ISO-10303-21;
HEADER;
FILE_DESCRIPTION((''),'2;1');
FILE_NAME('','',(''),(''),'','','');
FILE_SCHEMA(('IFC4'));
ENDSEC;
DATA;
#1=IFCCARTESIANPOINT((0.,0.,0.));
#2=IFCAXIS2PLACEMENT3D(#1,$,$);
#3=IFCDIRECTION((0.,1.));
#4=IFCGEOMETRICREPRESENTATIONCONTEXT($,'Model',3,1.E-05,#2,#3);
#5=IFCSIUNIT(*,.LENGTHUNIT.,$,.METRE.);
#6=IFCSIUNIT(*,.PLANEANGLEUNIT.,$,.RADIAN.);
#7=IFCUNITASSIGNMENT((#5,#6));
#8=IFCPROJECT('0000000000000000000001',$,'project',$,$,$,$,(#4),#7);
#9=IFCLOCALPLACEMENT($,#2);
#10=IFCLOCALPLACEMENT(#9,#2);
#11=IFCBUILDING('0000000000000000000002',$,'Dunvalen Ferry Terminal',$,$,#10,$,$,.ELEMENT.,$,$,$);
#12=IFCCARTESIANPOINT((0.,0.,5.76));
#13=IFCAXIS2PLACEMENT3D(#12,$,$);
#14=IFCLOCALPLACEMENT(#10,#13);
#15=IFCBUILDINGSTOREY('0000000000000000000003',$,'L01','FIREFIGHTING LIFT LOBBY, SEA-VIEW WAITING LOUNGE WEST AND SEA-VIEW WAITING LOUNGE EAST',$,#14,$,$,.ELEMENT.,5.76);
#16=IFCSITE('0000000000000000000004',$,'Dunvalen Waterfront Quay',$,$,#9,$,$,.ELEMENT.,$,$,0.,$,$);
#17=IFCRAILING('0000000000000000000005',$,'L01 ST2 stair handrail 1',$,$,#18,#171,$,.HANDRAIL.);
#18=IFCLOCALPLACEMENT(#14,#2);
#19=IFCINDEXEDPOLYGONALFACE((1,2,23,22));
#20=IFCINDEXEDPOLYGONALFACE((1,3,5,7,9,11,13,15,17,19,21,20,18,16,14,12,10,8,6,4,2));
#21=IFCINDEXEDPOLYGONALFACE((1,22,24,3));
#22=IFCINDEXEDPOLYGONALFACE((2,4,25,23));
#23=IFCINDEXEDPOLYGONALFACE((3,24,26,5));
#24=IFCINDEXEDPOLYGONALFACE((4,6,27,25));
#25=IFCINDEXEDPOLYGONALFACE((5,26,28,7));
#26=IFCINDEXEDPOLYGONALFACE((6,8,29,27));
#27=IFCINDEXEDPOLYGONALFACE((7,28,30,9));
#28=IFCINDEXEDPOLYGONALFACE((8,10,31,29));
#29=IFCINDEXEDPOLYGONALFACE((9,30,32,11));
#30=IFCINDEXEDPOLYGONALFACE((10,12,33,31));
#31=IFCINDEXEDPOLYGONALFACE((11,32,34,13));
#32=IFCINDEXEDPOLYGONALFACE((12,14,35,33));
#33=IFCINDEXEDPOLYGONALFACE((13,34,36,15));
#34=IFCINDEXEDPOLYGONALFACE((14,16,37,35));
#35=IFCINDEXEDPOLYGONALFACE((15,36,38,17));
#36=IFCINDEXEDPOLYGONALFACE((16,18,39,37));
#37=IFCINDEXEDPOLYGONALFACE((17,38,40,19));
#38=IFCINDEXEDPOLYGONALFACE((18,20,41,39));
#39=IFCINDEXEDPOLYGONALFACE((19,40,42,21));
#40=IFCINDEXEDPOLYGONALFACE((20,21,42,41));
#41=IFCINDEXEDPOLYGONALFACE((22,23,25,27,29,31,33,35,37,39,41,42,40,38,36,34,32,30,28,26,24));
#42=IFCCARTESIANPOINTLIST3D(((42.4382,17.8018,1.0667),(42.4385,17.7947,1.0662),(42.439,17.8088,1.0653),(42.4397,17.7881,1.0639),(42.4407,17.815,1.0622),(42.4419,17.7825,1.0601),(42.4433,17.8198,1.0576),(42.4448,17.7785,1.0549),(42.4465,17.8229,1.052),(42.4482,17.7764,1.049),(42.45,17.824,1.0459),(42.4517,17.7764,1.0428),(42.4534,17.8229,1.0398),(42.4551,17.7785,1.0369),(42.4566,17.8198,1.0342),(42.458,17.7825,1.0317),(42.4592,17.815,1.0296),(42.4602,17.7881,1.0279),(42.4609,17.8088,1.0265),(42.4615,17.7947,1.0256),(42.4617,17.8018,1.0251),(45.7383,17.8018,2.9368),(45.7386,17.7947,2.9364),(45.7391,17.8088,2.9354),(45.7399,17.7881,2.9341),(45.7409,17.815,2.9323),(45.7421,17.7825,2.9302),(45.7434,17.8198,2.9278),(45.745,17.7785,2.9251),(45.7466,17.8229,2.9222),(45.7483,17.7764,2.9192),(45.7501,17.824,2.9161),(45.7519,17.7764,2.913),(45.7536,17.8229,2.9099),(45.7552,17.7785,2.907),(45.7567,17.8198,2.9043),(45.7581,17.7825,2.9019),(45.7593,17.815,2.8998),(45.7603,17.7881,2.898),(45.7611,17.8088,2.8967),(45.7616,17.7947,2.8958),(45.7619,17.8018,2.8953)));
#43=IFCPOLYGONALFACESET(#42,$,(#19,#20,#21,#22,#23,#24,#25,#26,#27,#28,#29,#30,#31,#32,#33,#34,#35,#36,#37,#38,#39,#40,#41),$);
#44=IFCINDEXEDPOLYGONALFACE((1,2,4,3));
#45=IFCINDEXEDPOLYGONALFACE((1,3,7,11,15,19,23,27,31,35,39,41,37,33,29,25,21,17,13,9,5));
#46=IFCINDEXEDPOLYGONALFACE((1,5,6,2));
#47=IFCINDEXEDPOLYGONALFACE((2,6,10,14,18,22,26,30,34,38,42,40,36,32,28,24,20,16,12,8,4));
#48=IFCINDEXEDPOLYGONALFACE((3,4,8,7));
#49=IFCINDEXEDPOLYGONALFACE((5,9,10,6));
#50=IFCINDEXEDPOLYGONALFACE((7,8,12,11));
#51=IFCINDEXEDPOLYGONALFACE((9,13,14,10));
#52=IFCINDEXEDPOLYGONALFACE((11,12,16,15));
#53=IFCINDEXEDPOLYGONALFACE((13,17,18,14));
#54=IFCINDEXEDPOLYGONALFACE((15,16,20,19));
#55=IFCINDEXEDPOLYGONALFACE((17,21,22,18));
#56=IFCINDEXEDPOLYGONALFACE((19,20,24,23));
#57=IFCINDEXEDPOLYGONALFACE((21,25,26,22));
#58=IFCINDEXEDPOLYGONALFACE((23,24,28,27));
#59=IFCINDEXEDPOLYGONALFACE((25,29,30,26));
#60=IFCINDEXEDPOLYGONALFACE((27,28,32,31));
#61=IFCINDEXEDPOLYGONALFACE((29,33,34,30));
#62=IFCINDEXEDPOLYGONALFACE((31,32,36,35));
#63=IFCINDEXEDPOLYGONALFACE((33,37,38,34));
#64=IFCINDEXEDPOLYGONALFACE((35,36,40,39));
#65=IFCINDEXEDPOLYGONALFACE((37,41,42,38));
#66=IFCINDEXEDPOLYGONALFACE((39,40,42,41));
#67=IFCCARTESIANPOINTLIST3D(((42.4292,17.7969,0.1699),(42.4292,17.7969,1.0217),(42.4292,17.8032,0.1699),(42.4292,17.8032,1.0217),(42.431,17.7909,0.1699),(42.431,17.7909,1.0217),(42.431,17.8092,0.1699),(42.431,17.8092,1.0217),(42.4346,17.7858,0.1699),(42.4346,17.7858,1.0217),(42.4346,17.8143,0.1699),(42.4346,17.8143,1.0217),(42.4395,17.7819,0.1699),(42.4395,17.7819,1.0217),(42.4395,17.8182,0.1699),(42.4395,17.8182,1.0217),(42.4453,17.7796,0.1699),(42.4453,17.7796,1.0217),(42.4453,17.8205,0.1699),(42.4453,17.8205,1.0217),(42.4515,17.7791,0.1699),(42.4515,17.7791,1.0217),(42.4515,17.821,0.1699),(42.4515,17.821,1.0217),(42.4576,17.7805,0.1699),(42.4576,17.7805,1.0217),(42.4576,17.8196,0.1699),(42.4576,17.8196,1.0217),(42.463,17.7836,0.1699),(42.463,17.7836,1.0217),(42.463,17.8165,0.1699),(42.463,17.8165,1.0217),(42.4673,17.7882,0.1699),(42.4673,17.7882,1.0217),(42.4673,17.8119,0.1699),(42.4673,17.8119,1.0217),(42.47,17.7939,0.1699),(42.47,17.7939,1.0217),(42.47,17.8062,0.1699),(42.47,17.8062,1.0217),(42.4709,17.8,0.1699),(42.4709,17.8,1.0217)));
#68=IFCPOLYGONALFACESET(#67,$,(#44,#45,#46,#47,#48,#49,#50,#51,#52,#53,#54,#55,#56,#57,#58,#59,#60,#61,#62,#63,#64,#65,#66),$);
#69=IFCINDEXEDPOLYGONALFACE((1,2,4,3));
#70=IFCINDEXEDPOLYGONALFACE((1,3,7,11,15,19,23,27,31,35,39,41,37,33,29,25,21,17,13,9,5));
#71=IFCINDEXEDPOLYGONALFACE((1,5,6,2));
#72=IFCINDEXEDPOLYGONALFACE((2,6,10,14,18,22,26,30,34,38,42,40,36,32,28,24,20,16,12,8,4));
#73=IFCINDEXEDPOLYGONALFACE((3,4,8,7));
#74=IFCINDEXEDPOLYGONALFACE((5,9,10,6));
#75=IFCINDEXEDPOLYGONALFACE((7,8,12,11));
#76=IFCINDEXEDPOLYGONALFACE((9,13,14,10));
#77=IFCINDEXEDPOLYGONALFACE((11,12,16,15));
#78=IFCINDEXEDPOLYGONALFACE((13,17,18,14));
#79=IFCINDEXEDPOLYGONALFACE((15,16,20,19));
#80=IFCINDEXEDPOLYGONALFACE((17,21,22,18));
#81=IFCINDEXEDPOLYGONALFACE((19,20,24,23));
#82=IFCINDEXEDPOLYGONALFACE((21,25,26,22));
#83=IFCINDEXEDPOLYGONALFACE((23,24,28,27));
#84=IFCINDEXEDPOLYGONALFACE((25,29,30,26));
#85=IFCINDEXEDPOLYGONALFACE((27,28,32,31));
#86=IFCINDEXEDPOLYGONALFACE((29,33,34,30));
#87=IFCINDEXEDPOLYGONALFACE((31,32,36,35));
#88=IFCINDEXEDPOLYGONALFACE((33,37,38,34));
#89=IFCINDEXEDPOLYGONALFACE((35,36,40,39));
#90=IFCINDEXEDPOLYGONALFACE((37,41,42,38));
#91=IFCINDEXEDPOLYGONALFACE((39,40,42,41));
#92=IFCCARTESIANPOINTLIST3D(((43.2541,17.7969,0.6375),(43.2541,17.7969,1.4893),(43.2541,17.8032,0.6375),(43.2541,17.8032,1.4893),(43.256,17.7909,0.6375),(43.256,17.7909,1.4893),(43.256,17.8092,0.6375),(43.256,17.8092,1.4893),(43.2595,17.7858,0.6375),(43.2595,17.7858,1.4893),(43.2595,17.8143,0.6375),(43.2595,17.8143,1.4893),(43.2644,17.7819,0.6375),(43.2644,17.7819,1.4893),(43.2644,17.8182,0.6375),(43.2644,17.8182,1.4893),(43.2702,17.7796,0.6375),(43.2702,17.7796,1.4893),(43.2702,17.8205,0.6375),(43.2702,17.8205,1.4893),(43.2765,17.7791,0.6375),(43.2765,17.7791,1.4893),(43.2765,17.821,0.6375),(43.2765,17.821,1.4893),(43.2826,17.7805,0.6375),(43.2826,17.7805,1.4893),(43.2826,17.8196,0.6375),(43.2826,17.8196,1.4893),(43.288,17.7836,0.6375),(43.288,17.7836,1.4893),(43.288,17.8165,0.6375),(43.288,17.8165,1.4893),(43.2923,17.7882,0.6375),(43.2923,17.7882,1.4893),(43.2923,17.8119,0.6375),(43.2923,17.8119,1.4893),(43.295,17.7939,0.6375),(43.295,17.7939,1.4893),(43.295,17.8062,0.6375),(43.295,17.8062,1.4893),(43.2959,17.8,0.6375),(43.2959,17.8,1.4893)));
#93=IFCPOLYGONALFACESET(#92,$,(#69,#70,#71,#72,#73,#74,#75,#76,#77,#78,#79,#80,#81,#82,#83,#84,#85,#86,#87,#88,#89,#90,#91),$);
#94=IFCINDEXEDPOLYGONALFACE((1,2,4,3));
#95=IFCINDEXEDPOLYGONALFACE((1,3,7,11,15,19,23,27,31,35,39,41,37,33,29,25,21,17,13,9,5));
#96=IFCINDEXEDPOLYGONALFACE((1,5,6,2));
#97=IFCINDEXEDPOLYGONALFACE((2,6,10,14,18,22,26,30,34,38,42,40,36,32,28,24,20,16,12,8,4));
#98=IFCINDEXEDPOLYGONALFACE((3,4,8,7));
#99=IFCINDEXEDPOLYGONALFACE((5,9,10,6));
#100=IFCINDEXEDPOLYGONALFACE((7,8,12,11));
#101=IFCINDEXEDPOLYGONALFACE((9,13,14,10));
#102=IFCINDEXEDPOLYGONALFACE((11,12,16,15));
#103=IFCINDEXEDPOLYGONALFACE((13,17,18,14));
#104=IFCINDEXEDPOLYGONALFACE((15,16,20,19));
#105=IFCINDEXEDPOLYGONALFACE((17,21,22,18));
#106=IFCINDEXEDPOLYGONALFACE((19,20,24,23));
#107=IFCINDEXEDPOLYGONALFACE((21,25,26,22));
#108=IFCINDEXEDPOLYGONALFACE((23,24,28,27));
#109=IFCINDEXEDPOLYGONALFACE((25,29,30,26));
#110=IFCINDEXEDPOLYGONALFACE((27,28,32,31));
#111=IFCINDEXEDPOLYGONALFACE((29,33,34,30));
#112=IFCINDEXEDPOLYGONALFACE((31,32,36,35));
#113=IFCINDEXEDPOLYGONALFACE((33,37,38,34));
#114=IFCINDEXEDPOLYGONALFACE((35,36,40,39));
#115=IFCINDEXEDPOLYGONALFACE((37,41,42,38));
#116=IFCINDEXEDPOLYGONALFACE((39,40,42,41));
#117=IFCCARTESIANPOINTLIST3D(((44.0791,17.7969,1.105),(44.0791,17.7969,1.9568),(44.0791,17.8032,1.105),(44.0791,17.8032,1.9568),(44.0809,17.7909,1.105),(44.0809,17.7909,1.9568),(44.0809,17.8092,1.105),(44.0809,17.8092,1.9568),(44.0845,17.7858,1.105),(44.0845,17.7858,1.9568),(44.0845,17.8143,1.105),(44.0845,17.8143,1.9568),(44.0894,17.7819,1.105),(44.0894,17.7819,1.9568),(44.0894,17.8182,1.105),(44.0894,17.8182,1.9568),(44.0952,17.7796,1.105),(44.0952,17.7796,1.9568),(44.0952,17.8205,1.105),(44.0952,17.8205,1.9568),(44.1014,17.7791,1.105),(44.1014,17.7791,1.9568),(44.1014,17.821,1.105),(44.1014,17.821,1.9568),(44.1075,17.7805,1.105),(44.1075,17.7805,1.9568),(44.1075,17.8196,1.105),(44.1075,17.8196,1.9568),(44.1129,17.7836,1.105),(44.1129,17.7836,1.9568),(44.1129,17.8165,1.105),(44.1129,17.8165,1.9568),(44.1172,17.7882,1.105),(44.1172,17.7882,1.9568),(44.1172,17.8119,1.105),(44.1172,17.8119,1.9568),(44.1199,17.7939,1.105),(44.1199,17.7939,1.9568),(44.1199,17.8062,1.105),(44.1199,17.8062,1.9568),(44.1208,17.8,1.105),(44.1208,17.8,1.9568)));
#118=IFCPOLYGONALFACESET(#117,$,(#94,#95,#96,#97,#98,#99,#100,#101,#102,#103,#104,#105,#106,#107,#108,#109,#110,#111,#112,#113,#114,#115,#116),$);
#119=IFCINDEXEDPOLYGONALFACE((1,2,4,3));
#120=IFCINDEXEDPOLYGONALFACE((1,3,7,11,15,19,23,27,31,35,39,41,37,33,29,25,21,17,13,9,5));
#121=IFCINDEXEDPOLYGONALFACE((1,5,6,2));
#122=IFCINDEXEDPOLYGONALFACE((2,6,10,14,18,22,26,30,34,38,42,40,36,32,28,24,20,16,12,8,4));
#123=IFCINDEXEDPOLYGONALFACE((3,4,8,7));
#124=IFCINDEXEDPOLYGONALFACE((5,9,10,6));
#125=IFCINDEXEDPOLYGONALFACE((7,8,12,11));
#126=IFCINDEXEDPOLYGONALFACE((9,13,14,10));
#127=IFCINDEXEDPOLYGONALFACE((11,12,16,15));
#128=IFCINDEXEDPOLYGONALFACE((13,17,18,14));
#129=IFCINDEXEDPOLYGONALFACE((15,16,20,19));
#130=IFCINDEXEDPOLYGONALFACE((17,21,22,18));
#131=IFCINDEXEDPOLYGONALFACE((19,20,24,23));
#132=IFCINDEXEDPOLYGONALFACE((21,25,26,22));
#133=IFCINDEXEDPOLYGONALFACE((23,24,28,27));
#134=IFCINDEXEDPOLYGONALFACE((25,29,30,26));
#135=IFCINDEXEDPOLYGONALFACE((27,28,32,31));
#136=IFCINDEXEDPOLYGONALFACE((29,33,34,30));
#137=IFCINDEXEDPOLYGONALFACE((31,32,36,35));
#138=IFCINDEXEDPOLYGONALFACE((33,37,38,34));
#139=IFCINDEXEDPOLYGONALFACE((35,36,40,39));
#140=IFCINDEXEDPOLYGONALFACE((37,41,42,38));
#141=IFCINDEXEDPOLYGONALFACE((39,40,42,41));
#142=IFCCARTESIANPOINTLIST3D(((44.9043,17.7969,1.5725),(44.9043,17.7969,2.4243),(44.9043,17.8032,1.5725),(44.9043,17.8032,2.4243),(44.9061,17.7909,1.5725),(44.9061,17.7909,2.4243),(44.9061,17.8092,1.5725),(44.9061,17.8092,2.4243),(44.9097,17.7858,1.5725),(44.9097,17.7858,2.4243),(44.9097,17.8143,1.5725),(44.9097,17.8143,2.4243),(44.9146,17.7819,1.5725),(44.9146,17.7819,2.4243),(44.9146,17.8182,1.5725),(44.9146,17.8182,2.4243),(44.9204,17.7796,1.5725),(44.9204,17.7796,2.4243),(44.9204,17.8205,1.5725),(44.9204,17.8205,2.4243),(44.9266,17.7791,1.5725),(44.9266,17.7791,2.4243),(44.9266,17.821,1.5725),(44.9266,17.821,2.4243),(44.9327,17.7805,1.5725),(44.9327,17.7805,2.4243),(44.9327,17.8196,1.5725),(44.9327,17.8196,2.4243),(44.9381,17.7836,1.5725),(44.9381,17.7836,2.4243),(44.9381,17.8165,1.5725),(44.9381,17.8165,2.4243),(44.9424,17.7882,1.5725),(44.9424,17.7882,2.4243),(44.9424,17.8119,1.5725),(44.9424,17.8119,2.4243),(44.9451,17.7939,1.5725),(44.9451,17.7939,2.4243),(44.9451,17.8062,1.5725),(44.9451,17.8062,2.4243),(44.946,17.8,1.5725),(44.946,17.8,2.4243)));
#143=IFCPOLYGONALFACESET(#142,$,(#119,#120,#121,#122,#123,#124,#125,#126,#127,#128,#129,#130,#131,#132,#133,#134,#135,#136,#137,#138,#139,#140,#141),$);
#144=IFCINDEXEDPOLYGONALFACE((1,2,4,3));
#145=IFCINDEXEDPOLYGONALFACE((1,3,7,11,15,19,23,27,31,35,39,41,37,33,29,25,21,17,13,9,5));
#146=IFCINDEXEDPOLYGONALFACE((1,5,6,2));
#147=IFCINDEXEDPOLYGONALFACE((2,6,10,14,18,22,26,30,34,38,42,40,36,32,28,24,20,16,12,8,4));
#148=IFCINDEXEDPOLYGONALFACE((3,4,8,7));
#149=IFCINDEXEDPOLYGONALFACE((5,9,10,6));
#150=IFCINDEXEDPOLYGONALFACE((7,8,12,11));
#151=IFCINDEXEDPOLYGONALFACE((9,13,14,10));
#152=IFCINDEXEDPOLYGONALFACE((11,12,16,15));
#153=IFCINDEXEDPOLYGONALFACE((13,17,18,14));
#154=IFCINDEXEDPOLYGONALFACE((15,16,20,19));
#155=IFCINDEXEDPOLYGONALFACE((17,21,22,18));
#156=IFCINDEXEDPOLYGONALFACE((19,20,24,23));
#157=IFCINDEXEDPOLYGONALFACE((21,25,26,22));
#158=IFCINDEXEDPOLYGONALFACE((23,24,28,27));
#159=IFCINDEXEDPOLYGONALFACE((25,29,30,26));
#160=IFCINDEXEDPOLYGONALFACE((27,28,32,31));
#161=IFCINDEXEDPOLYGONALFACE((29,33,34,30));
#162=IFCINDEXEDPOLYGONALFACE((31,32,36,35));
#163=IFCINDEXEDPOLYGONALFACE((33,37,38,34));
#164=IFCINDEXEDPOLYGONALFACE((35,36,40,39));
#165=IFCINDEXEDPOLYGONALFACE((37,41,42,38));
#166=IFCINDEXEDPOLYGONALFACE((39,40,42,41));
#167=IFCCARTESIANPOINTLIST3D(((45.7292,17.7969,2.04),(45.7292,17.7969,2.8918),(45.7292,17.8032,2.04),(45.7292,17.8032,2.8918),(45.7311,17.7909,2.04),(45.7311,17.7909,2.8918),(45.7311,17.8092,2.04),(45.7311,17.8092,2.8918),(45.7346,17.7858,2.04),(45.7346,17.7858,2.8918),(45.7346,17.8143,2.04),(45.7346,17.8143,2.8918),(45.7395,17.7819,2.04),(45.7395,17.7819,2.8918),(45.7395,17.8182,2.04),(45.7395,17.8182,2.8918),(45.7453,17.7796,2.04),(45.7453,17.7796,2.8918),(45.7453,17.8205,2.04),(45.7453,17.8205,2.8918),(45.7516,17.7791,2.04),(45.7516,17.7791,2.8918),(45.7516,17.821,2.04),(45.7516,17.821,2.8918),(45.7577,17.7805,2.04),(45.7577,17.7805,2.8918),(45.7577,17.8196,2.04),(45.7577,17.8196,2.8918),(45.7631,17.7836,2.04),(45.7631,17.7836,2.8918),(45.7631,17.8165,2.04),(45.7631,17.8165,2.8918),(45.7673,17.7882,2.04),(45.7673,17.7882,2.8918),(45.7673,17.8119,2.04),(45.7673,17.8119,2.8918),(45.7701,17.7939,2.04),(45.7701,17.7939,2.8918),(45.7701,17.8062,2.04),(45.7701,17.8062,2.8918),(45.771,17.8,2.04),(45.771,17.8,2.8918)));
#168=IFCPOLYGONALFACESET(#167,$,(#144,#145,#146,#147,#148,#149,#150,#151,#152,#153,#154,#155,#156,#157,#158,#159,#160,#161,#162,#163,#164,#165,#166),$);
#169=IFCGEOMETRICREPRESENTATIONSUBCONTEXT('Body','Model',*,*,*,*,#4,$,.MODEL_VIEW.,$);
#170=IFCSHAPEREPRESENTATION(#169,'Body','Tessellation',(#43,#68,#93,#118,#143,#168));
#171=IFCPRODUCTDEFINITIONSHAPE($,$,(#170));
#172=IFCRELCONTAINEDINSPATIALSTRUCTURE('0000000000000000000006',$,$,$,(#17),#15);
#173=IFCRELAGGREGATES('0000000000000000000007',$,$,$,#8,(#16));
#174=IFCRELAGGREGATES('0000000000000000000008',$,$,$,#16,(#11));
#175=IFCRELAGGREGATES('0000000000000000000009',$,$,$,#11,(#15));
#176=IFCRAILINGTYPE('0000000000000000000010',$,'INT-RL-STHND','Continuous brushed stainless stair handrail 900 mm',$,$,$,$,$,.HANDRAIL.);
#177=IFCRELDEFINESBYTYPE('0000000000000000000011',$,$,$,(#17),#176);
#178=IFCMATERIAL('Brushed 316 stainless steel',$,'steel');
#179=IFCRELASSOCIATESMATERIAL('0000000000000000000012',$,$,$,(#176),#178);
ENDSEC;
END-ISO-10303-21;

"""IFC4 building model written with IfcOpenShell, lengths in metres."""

from ifc_helpers import new_model, si_unit, direction, frame, origin, origin_2d, place, context, subcontext, project, spatial, circle, extrude, material, type_object, element, save


model = new_model("IFC4")

# Units and contexts
model_context = context("Model", 3, precision=1e-05, world=origin(), true_north=direction((0.0, 1.0)))
body_context = subcontext(model_context, "Body", "Model", "MODEL_VIEW")
ifc_project = project(units=[si_unit("LENGTHUNIT", "METRE"), si_unit("PLANEANGLEUNIT", "RADIAN")], contexts=[model_context])

# Site, building, storey
site_placement = place(None, origin())
site = spatial("IfcSite", under=ifc_project, at=site_placement, Name="Dunvalen Waterfront Quay", CompositionType="ELEMENT", RefElevation=0.0)
building_placement = place(site_placement, origin())
building = spatial("IfcBuilding", under=site, at=building_placement, Name="Dunvalen Ferry Terminal", CompositionType="ELEMENT")
storey_placement = place(building_placement, frame((0.0, 0.0, 5.76)))
storey = spatial("IfcBuildingStorey", under=building, at=storey_placement, Name="L01", Description="FIREFIGHTING LIFT LOBBY, SEA-VIEW WAITING LOUNGE WEST AND SEA-VIEW WAITING LOUNGE EAST", CompositionType="ELEMENT", Elevation=5.76)

# Shared definitions
ifc_material_1 = material(Name="Brushed 316 stainless steel", Category="steel")

# Railing
railing_type_1 = type_object("IfcRailingType", Name="INT-RL-STHND", Description="Continuous brushed stainless stair handrail 900 mm", PredefinedType="HANDRAIL", material=ifc_material_1)
railing_1_placement = place(storey_placement, frame((42.45, 17.8, 0.1699)))
element("IfcRailing", 1, at=railing_1_placement, inside=storey, type_object=railing_type_1, Name="L01 ST2 stair handrail 1", PredefinedType="HANDRAIL", context=body_context, shape_type="SweptSolid", body=[
    extrude(circle(Radius=0.0239, at=origin_2d()), frame((0.0, 0.0, 0.876), z_axis=(0.870012, 0.0, 0.49303), x_axis=(0.0, 1.0, 0.0)), (0.0, 0.0, 1.0), 3.7932),
    extrude(circle(Radius=0.021, at=origin_2d()), origin(), (0.0, 0.0, 1.0), 0.8518),
    extrude(circle(Radius=0.021, at=origin_2d()), frame((0.825, 0.0, 0.4675)), (0.0, 0.0, 1.0), 0.8518),
    extrude(circle(Radius=0.021, at=origin_2d()), frame((1.6499, 0.0, 0.9351)), (0.0, 0.0, 1.0), 0.8518),
    extrude(circle(Radius=0.021, at=origin_2d()), frame((2.4751, 0.0, 1.4026)), (0.0, 0.0, 1.0), 0.8518),
    extrude(circle(Radius=0.021, at=origin_2d()), frame((3.3, 0.0, 1.8701)), (0.0, 0.0, 1.0), 0.8518),
])

save(model, "model.ifc")
